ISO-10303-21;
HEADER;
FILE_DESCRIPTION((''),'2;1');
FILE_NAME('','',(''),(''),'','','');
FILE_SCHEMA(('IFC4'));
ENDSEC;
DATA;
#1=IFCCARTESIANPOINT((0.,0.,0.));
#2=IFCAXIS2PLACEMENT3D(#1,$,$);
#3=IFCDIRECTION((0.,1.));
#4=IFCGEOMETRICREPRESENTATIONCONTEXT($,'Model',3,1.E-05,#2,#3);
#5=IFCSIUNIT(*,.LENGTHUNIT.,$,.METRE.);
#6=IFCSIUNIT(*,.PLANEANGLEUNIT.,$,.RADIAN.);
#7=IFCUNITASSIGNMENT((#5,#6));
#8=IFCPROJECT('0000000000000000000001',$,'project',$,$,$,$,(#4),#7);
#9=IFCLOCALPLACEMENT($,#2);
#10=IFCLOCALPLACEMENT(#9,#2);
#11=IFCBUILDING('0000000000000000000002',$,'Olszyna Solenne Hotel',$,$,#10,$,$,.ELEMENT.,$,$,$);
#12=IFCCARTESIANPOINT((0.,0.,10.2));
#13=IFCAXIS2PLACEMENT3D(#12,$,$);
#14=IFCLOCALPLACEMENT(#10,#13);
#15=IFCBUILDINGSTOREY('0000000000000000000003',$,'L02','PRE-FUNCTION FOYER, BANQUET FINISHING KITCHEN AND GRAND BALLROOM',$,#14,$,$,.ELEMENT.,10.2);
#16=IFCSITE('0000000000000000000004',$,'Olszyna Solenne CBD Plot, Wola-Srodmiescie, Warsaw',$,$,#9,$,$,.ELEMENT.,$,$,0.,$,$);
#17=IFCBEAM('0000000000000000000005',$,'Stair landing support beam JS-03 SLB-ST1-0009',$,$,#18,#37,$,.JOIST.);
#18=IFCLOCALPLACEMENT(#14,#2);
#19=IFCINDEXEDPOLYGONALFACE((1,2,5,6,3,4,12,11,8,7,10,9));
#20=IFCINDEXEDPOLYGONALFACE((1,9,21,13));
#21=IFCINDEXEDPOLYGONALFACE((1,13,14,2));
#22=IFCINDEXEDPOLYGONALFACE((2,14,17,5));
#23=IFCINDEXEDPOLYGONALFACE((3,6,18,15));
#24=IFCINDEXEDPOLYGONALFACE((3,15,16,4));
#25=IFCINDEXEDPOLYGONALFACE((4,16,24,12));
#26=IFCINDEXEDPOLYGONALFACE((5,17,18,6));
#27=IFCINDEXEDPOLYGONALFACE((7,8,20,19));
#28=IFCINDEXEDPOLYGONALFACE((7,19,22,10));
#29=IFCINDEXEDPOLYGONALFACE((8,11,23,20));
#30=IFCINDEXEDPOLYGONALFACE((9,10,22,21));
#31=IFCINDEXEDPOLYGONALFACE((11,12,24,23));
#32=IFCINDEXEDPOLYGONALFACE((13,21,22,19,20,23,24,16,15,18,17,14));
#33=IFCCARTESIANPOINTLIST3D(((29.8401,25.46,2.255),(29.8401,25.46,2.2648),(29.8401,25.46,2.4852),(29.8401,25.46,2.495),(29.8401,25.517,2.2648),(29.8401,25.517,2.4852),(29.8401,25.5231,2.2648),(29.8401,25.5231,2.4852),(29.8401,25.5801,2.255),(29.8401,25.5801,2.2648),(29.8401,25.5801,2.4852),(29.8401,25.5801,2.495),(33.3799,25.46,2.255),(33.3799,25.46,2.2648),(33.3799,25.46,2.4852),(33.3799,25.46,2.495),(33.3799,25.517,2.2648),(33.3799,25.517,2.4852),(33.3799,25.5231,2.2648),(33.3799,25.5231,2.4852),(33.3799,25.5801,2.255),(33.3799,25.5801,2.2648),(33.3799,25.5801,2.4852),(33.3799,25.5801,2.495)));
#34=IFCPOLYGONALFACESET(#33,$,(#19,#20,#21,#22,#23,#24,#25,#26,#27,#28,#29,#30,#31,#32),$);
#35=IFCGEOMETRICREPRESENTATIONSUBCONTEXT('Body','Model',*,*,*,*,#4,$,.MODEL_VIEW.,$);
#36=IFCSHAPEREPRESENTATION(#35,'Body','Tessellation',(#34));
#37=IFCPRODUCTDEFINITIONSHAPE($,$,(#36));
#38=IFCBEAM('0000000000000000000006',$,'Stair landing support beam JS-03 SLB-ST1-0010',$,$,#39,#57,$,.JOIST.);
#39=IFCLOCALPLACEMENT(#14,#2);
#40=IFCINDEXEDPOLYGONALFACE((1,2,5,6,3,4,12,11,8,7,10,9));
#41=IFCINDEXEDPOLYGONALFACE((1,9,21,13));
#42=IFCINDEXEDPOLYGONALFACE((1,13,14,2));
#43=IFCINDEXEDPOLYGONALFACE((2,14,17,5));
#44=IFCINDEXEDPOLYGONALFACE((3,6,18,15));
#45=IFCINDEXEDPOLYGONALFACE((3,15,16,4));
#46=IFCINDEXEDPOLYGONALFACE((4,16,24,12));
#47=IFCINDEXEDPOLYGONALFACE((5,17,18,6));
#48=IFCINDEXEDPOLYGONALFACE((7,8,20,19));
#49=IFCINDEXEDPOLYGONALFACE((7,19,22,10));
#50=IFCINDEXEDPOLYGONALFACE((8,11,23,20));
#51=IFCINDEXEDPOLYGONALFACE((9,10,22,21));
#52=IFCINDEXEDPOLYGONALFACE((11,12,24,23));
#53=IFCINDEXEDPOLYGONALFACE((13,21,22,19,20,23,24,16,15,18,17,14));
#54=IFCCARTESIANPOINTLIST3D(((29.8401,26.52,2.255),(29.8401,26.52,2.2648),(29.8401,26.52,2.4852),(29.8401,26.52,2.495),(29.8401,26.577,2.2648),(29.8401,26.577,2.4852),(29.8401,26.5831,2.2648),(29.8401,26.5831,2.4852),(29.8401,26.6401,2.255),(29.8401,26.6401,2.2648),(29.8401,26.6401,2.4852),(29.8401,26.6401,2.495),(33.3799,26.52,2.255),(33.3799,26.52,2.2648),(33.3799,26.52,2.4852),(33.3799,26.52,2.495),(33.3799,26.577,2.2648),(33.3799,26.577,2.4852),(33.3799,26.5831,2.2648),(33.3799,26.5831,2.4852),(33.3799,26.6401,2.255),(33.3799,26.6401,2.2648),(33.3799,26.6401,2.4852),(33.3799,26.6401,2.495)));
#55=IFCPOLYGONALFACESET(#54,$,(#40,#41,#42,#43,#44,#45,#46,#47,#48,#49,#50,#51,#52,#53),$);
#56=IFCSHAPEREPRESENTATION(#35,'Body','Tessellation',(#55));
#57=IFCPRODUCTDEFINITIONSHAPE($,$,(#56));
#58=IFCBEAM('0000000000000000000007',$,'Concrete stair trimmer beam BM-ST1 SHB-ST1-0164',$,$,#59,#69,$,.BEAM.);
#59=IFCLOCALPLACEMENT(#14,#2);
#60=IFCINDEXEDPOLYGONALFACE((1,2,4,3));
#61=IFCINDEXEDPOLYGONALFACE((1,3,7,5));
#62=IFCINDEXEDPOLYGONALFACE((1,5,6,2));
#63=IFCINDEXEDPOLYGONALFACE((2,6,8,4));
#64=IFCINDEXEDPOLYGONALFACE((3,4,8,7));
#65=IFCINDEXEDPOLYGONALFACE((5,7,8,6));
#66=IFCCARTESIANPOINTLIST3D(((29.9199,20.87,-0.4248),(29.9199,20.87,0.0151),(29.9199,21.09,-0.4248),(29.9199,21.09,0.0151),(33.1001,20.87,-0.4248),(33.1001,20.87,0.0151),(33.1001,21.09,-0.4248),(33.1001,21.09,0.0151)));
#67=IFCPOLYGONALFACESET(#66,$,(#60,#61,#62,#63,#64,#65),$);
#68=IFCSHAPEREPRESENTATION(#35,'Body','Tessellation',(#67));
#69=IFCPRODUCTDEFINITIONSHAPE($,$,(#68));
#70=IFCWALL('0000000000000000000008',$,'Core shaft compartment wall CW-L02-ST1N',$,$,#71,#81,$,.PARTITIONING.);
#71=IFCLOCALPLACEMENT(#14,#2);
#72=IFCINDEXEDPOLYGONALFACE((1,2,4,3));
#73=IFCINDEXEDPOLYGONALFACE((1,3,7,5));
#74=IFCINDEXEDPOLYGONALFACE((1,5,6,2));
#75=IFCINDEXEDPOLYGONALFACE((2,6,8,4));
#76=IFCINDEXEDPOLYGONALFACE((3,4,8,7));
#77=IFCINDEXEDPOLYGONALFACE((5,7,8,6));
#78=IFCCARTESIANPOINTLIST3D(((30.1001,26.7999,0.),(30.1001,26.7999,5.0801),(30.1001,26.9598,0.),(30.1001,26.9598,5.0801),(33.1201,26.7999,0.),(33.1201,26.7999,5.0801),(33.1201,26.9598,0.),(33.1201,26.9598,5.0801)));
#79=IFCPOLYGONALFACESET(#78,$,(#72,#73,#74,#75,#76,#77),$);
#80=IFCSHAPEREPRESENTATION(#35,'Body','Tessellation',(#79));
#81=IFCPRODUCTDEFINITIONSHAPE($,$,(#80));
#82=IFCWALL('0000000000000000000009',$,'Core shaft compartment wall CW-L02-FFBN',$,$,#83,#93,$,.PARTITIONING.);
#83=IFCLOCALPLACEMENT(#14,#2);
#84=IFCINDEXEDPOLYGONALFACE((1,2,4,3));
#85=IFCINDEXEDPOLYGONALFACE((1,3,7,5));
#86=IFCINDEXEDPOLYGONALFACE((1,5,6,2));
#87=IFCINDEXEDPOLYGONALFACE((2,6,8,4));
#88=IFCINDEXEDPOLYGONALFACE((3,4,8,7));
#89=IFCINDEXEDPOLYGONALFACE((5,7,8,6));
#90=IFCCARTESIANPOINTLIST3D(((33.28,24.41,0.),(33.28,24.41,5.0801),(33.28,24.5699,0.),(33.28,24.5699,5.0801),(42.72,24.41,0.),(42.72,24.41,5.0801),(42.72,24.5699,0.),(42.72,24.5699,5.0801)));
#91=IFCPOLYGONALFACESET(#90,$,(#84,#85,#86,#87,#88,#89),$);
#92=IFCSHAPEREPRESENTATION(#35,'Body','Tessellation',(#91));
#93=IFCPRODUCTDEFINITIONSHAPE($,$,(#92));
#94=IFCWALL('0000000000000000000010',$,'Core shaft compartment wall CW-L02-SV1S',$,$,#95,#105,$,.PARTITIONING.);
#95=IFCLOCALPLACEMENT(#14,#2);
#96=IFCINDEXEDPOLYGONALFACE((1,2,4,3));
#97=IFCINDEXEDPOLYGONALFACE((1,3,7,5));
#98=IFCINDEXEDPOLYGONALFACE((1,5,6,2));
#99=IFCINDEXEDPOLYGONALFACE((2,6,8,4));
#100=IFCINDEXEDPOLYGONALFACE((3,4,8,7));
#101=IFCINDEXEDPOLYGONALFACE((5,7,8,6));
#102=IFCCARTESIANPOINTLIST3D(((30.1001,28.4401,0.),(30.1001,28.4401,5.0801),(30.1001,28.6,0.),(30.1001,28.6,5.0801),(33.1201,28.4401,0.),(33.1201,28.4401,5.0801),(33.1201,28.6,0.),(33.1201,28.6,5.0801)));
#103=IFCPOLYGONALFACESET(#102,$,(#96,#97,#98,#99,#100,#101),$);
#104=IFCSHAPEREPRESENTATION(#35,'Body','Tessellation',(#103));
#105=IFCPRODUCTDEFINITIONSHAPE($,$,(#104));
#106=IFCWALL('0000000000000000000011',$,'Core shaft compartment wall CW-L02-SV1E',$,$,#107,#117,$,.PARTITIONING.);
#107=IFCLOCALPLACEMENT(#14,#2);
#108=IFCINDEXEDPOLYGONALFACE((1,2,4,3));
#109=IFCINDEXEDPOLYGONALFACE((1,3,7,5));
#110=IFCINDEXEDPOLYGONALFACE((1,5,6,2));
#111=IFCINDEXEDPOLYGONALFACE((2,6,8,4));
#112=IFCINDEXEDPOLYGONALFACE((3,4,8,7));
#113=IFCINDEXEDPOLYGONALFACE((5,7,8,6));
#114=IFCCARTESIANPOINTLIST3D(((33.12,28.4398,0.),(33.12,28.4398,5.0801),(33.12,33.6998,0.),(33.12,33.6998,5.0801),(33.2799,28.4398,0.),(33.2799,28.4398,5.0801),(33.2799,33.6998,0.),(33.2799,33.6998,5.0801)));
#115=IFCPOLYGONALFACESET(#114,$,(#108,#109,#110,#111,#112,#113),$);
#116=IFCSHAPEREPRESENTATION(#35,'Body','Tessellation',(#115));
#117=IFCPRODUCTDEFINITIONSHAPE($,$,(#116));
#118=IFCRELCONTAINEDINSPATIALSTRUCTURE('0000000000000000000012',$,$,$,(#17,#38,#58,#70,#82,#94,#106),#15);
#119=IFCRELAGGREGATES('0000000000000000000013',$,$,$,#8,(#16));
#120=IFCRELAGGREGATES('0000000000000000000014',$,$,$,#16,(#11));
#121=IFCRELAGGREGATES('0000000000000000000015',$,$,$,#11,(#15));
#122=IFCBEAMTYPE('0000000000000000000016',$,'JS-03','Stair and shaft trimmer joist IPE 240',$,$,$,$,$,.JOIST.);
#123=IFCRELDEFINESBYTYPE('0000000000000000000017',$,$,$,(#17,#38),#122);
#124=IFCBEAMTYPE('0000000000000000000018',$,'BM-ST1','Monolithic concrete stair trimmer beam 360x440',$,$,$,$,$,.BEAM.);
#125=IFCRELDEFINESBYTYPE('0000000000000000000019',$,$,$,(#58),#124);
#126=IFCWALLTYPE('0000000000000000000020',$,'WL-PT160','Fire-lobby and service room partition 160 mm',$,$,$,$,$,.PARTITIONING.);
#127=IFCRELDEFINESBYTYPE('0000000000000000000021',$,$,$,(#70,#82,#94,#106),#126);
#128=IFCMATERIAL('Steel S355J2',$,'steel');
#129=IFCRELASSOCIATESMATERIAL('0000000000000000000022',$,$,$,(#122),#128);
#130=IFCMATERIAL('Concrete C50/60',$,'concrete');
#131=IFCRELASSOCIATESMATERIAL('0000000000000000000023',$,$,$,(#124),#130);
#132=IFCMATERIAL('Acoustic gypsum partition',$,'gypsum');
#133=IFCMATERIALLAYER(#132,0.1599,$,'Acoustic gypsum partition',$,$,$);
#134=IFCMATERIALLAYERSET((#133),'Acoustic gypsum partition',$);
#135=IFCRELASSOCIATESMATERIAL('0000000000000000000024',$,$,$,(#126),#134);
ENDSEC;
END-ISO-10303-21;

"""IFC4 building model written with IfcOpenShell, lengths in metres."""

from ifc_helpers import new_model, si_unit, direction, frame, frame_2d, origin, origin_2d, place, context, subcontext, project, spatial, rectangle, i_section, extrude, source, transform, mapped, material, layer, layer_set, material_profile, profile_set, type_object, element, save


model = new_model("IFC4")

# Units and contexts
model_context = context("Model", 3, precision=1e-05, world=origin(), true_north=direction((0.0, 1.0)))
body_context = subcontext(model_context, "Body", "Model", "MODEL_VIEW")
ifc_project = project(units=[si_unit("LENGTHUNIT", "METRE"), si_unit("PLANEANGLEUNIT", "RADIAN")], contexts=[model_context])

# Site, building, storey
site_placement = place(None, origin())
site = spatial("IfcSite", under=ifc_project, at=site_placement, Name="Olszyna Solenne CBD Plot, Wola-Srodmiescie, Warsaw", CompositionType="ELEMENT", RefElevation=0.0)
building_placement = place(site_placement, origin())
building = spatial("IfcBuilding", under=site, at=building_placement, Name="Olszyna Solenne Hotel", CompositionType="ELEMENT")
storey_placement = place(building_placement, frame((0.0, 0.0, 10.2)))
storey = spatial("IfcBuildingStorey", under=building, at=storey_placement, Name="L02", Description="PRE-FUNCTION FOYER, BANQUET FINISHING KITCHEN AND GRAND BALLROOM", CompositionType="ELEMENT", Elevation=10.2)

# Beams
ifc_material_1 = material(Name="Steel S355J2", Category="steel")
ifc_material_profile_1 = material_profile(ifc_material_1, i_section(OverallWidth=0.1201, OverallDepth=0.24, WebThickness=0.0061, FlangeThickness=0.0098, at=origin_2d()), Name="IPE 240", Category="load-bearing")
ifc_profile_set_1 = profile_set([ifc_material_profile_1], Name="Steel S355J2")
beam_type_1 = type_object("IfcBeamType", Name="JS-03", Description="Stair and shaft trimmer joist IPE 240", PredefinedType="JOIST", material=ifc_profile_set_1)
shared_shape_1 = source(origin(), body_context, "Body", "SweptSolid", [
    extrude(i_section(OverallWidth=0.1201, OverallDepth=0.24, WebThickness=0.0061, FlangeThickness=0.0098, at=origin_2d()), origin(), (0.0, 0.0, 1.0), 3.5398),
])
for number, where, z_axis, x_axis, name in (
    (1, (33.3799, 25.52, 2.375), (-1.0, 0.0, 0.0), (0.0, -1.0, 0.0), "Stair landing support beam JS-03 SLB-ST1-0009"),
    (2, (33.3799, 26.5801, 2.375), (-1.0, 0.0, 0.0), (0.0, -1.0, 0.0), "Stair landing support beam JS-03 SLB-ST1-0010"),
):
    element("IfcBeam", number, at=place(storey_placement, frame(where, z_axis=z_axis, x_axis=x_axis)), inside=storey, type_object=beam_type_1, Name=name, PredefinedType="JOIST", context=body_context, shape_type="MappedRepresentation", body=[
        mapped(shared_shape_1, transform((0.0, 0.0, 0.0), x_axis=(1.0, 0.0, 0.0), y_axis=(0.0, 1.0, 0.0), z_axis=(0.0, 0.0, 1.0), scale=1.0)),
    ])
ifc_material_2 = material(Name="Concrete C50/60", Category="concrete")
ifc_material_profile_2 = material_profile(ifc_material_2, rectangle(XDim=0.22, YDim=0.4399, at=origin_2d()), Name="RC 220x440", Category="load-bearing")
ifc_profile_set_2 = profile_set([ifc_material_profile_2], Name="Concrete C50/60")
beam_type_2 = type_object("IfcBeamType", Name="BM-ST1", Description="Monolithic concrete stair trimmer beam 360x440", PredefinedType="BEAM", material=ifc_profile_set_2)
shared_shape_2 = source(origin(), body_context, "Body", "SweptSolid", [
    extrude(rectangle(XDim=0.22, YDim=0.4399, at=origin_2d()), origin(), (0.0, 0.0, 1.0), 3.1802),
])
beam_placement = place(storey_placement, frame((33.1001, 20.98, -0.2048), z_axis=(-1.0, 0.0, 0.0), x_axis=(0.0, -1.0, 0.0)))
element("IfcBeam", 3, at=beam_placement, inside=storey, type_object=beam_type_2, Name="Concrete stair trimmer beam BM-ST1 SHB-ST1-0164", PredefinedType="BEAM", context=body_context, shape_type="MappedRepresentation", body=[
    mapped(shared_shape_2, transform((0.0, 0.0, 0.0), x_axis=(1.0, 0.0, 0.0), y_axis=(0.0, 1.0, 0.0), z_axis=(0.0, 0.0, 1.0), scale=1.0)),
])

# Walls
ifc_material_3 = material(Name="Acoustic gypsum partition", Category="gypsum")
ifc_layer = layer(ifc_material_3, 0.1599, Name="Acoustic gypsum partition")
ifc_layer_set = layer_set([ifc_layer], Name="Acoustic gypsum partition")
wall_type = type_object("IfcWallType", Name="WL-PT160", Description="Fire-lobby and service room partition 160 mm", PredefinedType="PARTITIONING", material=ifc_layer_set)
wall_1_placement = place(storey_placement, frame((30.1001, 26.8799, 0.0), z_axis=(0.0, 0.0, 1.0), x_axis=(1.0, 0.0, 0.0)))
element("IfcWall", 4, at=wall_1_placement, inside=storey, type_object=wall_type, Name="Core shaft compartment wall CW-L02-ST1N", PredefinedType="PARTITIONING", context=body_context, shape_type="SweptSolid", body=[
    extrude(rectangle(XDim=3.02, YDim=0.1599, at=frame_2d((1.51, 0.0))), origin(), (0.0, 0.0, 1.0), 5.0801),
])
wall_2_placement = place(storey_placement, frame((33.28, 24.49, 0.0), z_axis=(0.0, 0.0, 1.0), x_axis=(1.0, 0.0, 0.0)))
element("IfcWall", 5, at=wall_2_placement, inside=storey, type_object=wall_type, Name="Core shaft compartment wall CW-L02-FFBN", PredefinedType="PARTITIONING", context=body_context, shape_type="SweptSolid", body=[
    extrude(rectangle(XDim=9.4399, YDim=0.1599, at=frame_2d((4.72, 0.0))), origin(), (0.0, 0.0, 1.0), 5.0801),
])
wall_3_placement = place(storey_placement, frame((30.1001, 28.52, 0.0), z_axis=(0.0, 0.0, 1.0), x_axis=(1.0, 0.0, 0.0)))
element("IfcWall", 6, at=wall_3_placement, inside=storey, type_object=wall_type, Name="Core shaft compartment wall CW-L02-SV1S", PredefinedType="PARTITIONING", context=body_context, shape_type="SweptSolid", body=[
    extrude(rectangle(XDim=3.02, YDim=0.1599, at=frame_2d((1.51, 0.0))), origin(), (0.0, 0.0, 1.0), 5.0801),
])
wall_4_placement = place(storey_placement, frame((33.2, 28.4399, 0.0), z_axis=(0.0, 0.0, 1.0), x_axis=(0.0, 1.0, 0.0)))
element("IfcWall", 7, at=wall_4_placement, inside=storey, type_object=wall_type, Name="Core shaft compartment wall CW-L02-SV1E", PredefinedType="PARTITIONING", context=body_context, shape_type="SweptSolid", body=[
    extrude(rectangle(XDim=5.26, YDim=0.1599, at=frame_2d((2.6299, 0.0))), origin(), (0.0, 0.0, 1.0), 5.0801),
])

save(model, "model.ifc")
